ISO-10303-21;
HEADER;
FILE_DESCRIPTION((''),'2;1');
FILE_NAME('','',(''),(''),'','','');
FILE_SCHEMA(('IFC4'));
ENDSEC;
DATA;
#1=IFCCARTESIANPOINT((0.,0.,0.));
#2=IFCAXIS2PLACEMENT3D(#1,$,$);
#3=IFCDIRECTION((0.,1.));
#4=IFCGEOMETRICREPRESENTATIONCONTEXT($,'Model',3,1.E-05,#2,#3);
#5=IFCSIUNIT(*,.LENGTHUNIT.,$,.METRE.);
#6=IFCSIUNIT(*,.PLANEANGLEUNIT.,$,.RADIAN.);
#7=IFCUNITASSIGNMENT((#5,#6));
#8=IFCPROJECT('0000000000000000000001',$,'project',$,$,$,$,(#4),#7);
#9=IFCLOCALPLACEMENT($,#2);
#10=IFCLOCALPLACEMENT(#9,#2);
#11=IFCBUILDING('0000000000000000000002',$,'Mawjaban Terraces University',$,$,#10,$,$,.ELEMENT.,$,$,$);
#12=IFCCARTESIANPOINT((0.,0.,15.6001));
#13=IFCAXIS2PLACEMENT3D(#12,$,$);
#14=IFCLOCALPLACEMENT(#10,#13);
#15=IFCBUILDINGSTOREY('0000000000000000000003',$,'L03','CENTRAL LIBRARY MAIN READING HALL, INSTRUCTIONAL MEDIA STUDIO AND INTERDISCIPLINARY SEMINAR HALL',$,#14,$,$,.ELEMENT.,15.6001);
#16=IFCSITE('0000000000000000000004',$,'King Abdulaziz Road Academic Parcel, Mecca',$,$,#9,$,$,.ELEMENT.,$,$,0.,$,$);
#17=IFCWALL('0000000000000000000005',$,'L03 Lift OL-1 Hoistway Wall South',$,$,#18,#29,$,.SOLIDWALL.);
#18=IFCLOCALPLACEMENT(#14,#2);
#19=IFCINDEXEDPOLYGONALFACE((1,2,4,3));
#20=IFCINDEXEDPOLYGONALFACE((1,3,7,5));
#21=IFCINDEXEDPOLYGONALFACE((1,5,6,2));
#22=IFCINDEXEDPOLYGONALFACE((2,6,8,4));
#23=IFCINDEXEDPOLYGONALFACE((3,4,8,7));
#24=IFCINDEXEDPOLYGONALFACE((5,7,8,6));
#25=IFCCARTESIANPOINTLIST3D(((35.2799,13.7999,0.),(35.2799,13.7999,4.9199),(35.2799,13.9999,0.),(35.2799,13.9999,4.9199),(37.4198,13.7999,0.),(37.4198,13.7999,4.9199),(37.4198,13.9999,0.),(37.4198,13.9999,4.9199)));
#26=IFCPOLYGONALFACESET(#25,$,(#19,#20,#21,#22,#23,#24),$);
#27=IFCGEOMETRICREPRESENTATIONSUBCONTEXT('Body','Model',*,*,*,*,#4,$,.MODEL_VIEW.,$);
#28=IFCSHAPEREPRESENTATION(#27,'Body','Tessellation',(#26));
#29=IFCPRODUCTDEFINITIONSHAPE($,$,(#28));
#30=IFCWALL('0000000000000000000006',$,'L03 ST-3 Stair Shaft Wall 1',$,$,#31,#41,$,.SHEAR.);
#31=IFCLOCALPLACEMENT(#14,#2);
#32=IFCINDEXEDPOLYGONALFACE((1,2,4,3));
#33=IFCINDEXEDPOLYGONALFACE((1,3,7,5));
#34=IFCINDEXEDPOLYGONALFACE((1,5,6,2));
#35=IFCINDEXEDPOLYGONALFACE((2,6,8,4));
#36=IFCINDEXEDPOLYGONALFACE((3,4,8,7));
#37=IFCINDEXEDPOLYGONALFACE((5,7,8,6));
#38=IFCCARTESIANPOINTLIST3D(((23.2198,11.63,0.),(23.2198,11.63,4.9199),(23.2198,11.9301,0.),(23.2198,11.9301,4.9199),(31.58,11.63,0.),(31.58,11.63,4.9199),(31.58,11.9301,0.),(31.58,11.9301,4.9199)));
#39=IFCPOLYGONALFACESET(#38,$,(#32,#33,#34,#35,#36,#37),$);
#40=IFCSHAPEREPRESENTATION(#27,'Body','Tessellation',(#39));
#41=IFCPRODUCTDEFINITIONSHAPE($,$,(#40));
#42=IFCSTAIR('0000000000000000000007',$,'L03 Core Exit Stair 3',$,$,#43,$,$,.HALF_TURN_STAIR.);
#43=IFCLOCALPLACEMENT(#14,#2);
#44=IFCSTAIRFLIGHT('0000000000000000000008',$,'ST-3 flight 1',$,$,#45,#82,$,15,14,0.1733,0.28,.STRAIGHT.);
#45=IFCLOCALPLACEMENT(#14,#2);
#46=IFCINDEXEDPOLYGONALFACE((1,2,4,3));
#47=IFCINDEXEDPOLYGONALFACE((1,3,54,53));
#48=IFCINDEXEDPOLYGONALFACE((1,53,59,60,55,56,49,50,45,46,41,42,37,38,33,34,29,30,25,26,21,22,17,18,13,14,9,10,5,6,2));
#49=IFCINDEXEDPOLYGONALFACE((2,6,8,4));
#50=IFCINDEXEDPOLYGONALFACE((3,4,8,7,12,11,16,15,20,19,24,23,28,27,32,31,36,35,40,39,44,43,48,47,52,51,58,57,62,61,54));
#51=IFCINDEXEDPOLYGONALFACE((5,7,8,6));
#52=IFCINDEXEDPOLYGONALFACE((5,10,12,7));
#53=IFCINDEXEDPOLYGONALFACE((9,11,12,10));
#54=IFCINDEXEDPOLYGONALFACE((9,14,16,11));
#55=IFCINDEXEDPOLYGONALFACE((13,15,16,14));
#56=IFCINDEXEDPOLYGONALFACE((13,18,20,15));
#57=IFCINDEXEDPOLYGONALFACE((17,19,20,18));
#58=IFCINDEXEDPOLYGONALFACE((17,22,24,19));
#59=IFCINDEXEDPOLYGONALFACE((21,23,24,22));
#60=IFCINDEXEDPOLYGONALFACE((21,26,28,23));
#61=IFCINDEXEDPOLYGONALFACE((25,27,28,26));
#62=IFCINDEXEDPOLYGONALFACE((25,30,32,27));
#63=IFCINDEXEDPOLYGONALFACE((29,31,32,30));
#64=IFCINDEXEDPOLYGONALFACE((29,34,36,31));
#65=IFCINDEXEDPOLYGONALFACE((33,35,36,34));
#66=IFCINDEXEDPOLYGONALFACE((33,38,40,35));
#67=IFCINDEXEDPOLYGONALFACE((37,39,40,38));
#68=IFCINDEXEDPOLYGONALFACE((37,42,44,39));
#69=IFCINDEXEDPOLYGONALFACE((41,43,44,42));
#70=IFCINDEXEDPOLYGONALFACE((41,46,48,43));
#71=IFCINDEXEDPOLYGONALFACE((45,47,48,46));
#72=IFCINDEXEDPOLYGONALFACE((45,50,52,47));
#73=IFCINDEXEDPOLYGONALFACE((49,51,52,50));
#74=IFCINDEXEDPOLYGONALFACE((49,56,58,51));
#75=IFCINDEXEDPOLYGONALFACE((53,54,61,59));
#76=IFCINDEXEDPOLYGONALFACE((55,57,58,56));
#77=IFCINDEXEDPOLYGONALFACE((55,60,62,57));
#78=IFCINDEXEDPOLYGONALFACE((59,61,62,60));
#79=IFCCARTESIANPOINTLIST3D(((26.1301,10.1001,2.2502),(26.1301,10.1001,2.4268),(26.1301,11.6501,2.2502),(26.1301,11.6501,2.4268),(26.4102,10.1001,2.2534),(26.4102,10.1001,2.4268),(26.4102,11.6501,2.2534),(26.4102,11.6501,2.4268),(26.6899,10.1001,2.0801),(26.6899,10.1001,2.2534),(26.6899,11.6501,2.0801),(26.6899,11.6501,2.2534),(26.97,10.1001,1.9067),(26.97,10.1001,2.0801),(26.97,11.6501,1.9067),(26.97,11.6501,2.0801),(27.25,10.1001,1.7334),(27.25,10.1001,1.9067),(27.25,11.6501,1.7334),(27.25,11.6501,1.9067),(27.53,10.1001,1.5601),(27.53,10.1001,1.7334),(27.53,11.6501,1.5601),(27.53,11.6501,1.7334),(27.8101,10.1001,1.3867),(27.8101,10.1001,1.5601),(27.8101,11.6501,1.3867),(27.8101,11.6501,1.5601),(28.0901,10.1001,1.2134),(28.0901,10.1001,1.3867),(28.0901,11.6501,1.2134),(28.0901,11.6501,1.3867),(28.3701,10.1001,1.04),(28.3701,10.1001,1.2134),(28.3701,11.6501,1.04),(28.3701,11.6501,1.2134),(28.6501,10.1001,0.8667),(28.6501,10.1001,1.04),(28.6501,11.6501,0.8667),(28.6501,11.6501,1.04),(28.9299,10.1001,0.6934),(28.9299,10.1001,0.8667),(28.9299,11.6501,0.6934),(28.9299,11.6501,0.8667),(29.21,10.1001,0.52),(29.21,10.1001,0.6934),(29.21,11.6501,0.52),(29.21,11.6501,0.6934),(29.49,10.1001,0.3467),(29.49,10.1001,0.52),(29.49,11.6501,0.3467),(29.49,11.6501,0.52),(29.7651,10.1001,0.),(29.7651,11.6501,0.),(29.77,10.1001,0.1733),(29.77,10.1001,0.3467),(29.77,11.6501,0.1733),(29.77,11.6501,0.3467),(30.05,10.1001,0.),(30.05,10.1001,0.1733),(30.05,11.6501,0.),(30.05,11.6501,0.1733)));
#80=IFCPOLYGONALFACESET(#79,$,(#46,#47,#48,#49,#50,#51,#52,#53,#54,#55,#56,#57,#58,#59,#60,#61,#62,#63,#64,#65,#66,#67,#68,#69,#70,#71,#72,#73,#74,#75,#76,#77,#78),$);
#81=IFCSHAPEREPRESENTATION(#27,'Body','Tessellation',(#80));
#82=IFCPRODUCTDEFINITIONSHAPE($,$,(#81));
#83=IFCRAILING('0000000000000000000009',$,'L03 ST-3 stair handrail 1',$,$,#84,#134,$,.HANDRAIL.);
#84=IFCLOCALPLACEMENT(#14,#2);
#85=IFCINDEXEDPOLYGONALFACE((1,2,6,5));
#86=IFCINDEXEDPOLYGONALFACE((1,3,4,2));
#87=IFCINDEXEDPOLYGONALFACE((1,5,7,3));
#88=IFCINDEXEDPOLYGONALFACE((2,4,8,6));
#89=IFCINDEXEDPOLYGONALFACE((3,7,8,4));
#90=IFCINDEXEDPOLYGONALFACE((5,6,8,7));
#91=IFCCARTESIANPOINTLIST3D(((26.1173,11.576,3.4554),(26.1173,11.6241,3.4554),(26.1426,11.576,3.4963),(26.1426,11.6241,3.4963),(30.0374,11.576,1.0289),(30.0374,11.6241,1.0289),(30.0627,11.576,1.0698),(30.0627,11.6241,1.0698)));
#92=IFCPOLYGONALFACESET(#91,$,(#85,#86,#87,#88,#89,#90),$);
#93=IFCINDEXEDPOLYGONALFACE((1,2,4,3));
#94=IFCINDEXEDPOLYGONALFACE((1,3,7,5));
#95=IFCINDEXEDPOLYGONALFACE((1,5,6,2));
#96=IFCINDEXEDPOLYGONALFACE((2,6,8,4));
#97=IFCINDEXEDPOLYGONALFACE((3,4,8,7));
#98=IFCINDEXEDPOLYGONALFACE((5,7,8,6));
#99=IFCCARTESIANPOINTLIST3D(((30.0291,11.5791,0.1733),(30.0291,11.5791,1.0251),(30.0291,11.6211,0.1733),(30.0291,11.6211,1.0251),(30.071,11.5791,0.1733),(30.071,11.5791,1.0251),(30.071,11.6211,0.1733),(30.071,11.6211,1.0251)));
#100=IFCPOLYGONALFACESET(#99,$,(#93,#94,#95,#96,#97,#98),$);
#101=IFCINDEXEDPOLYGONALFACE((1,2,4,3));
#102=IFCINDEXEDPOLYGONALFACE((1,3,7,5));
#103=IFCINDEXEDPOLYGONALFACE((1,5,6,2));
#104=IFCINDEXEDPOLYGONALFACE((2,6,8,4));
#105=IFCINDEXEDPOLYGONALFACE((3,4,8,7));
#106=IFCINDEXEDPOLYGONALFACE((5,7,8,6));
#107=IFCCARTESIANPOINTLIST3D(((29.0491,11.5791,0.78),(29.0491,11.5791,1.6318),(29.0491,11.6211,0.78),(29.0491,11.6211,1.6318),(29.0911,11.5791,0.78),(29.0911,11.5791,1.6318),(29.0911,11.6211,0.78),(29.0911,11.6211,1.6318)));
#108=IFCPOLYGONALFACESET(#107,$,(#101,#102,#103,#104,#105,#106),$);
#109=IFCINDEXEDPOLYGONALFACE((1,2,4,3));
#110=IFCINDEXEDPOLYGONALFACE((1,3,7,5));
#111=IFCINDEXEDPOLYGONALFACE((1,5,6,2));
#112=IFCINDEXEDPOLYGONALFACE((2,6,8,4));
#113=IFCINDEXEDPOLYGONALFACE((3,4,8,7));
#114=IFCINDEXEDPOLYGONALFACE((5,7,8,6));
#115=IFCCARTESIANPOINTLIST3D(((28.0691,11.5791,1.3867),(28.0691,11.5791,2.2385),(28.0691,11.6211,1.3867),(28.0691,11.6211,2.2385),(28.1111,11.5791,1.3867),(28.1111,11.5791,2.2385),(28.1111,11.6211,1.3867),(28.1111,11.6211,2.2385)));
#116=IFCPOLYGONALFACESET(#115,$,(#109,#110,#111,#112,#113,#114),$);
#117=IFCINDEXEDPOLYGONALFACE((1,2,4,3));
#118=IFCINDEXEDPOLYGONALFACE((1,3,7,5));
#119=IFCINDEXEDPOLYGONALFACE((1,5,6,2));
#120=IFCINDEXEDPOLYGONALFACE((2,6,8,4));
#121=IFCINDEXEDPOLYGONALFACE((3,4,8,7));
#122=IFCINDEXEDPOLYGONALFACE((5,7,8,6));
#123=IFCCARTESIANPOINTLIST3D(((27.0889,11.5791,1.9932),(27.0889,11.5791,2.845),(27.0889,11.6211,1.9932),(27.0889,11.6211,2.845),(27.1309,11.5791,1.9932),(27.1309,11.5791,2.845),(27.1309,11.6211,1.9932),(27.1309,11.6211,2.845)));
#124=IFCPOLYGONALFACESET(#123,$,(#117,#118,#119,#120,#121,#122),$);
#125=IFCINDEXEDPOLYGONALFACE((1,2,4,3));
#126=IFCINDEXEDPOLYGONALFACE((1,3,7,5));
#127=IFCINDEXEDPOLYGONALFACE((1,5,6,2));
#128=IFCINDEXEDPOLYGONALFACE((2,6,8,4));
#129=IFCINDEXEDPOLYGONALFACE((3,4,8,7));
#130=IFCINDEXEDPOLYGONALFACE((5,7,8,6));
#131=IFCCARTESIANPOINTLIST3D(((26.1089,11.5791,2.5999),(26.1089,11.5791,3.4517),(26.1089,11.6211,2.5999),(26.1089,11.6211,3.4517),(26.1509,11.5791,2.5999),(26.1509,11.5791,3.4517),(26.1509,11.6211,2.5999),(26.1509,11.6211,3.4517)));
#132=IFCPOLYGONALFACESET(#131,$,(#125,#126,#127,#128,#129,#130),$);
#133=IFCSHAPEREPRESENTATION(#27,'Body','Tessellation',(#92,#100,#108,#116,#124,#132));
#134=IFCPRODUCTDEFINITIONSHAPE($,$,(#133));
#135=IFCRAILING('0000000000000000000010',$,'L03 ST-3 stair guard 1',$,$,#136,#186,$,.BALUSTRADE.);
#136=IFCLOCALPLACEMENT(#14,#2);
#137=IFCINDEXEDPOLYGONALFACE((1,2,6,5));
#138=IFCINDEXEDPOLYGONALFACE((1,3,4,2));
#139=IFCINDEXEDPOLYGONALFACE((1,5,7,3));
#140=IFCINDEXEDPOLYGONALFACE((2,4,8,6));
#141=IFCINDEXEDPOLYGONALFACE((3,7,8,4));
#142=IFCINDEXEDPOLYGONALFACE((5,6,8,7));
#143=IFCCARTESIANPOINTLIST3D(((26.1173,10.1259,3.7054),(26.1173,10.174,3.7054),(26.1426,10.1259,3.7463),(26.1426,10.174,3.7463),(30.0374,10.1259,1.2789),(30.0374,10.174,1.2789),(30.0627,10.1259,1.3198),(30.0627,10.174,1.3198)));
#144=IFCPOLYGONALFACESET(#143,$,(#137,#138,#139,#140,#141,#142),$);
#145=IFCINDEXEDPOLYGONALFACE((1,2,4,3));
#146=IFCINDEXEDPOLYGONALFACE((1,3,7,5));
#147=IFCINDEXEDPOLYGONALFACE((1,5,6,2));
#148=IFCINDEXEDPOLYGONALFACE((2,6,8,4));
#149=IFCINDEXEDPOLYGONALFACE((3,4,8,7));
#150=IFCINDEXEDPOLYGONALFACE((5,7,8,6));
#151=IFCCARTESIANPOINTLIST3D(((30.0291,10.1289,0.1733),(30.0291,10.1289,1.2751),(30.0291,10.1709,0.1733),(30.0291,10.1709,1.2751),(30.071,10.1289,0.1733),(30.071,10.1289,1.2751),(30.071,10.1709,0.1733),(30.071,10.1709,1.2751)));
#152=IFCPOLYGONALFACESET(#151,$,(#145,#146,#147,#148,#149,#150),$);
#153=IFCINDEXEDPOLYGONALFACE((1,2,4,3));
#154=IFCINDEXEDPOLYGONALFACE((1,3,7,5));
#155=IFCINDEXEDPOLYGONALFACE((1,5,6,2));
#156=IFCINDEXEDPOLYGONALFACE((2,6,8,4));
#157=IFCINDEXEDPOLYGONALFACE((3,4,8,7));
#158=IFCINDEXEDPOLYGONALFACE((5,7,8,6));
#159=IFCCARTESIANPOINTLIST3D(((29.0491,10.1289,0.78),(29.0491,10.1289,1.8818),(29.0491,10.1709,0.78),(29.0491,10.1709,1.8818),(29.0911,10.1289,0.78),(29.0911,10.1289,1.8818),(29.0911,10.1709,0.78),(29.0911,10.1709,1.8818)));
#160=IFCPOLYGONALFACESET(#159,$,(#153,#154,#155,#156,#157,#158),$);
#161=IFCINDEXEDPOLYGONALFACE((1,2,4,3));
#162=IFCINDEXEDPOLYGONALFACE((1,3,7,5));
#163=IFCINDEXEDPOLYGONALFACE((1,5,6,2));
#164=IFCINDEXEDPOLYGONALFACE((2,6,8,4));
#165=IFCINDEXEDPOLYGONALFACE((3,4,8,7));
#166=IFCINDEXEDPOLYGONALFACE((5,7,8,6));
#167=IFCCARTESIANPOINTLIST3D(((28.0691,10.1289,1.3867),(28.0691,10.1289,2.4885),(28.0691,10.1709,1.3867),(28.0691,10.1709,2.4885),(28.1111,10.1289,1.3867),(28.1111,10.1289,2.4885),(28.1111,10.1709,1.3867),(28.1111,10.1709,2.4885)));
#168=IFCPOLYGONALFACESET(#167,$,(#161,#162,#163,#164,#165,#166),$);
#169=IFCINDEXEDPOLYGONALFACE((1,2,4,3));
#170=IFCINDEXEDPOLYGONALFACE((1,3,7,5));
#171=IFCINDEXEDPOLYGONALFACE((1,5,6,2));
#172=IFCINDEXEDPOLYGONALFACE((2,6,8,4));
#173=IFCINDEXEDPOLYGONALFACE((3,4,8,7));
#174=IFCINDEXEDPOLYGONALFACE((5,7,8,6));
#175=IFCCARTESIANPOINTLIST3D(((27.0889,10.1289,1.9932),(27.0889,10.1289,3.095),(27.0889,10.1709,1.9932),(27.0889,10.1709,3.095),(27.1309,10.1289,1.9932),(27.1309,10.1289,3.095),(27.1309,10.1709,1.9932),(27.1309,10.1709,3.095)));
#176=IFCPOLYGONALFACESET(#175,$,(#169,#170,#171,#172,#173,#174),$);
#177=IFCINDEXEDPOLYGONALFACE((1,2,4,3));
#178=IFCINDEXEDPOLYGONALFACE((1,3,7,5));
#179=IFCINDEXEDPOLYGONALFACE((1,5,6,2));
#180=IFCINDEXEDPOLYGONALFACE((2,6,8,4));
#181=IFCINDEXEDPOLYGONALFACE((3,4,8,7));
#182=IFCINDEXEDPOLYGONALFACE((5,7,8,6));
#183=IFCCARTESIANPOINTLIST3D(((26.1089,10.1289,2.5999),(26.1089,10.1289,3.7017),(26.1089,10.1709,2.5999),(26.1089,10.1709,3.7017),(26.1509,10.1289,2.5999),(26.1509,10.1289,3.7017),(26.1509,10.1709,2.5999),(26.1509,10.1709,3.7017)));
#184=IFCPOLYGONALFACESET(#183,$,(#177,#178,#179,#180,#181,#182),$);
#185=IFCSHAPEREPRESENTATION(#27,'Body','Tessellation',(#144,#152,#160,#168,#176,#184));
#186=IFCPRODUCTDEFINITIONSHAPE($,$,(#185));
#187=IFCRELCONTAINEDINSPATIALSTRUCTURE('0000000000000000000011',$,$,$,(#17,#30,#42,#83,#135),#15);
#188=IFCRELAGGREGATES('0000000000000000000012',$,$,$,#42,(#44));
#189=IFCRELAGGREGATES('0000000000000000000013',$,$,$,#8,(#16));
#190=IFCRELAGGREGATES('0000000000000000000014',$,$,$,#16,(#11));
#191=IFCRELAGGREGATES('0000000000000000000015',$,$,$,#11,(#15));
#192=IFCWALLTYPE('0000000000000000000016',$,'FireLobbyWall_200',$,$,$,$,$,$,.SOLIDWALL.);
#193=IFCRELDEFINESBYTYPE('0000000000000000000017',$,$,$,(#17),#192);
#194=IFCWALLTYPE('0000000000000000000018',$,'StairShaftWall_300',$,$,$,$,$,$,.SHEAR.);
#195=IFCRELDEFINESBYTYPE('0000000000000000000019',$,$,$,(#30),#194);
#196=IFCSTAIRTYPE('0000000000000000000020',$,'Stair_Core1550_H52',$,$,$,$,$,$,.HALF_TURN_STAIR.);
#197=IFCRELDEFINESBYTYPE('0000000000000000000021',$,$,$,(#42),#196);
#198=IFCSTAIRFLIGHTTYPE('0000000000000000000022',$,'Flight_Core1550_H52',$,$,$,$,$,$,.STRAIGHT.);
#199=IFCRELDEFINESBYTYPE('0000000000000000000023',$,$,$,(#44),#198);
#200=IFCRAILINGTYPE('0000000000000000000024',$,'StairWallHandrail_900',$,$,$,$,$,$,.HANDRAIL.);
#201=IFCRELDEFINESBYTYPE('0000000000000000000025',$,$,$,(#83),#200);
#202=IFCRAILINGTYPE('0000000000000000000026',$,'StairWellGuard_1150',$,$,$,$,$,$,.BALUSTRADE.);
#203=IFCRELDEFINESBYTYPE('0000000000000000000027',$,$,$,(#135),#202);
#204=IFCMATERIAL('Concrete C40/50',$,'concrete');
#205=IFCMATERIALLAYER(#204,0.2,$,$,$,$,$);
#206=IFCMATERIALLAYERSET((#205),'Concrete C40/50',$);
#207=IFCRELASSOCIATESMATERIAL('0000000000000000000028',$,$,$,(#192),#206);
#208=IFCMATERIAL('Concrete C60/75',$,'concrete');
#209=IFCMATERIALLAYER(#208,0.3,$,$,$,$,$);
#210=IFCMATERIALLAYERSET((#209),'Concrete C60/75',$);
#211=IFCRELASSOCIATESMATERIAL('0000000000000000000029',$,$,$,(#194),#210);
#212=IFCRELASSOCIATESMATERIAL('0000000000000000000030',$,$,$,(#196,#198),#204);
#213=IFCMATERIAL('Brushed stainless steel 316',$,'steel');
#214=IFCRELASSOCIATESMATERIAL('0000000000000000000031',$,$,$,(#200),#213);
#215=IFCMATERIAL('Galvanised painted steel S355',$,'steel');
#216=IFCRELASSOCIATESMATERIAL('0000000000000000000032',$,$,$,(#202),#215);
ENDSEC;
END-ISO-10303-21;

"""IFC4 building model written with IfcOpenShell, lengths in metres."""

from ifc_helpers import new_model, si_unit, direction, frame, frame_2d, origin, origin_2d, place, context, subcontext, project, spatial, polyline, rectangle, outline, extrude, material, layer, layer_set, type_object, element, aggregate, save


model = new_model("IFC4")

# Units and contexts
model_context = context("Model", 3, precision=1e-05, world=origin(), true_north=direction((0.0, 1.0)))
body_context = subcontext(model_context, "Body", "Model", "MODEL_VIEW")
ifc_project = project(units=[si_unit("LENGTHUNIT", "METRE"), si_unit("PLANEANGLEUNIT", "RADIAN")], contexts=[model_context])

# Site, building, storey
site_placement = place(None, origin())
site = spatial("IfcSite", under=ifc_project, at=site_placement, Name="King Abdulaziz Road Academic Parcel, Mecca", CompositionType="ELEMENT", RefElevation=0.0)
building_placement = place(site_placement, origin())
building = spatial("IfcBuilding", under=site, at=building_placement, Name="Mawjaban Terraces University", CompositionType="ELEMENT")
storey_placement = place(building_placement, frame((0.0, 0.0, 15.6001)))
storey = spatial("IfcBuildingStorey", under=building, at=storey_placement, Name="L03", Description="CENTRAL LIBRARY MAIN READING HALL, INSTRUCTIONAL MEDIA STUDIO AND INTERDISCIPLINARY SEMINAR HALL", CompositionType="ELEMENT", Elevation=15.6001)

# Shared definitions
ifc_material_1 = material(Name="Concrete C40/50", Category="concrete")
ifc_layer_1 = layer(ifc_material_1, 0.2)
ifc_layer_set_1 = layer_set([ifc_layer_1], Name="Concrete C40/50")
wall_type_1 = type_object("IfcWallType", Name="FireLobbyWall_200", PredefinedType="SOLIDWALL", material=ifc_layer_set_1)

# Walls
wall_1_placement = place(storey_placement, frame((35.28, 13.8999, 0.0), z_axis=(0.0, 0.0, 1.0), x_axis=(1.0, 0.0, 0.0)))
element("IfcWall", 1, at=wall_1_placement, inside=storey, type_object=wall_type_1, Name="L03 Lift OL-1 Hoistway Wall South", PredefinedType="SOLIDWALL", context=body_context, shape_type="SweptSolid", body=[
    extrude(rectangle(XDim=2.1399, YDim=0.2, at=frame_2d((1.0698, 0.0))), origin(), (0.0, 0.0, 1.0), 4.9199),
])
ifc_material_2 = material(Name="Concrete C60/75", Category="concrete")
ifc_layer_2 = layer(ifc_material_2, 0.3)
ifc_layer_set_2 = layer_set([ifc_layer_2], Name="Concrete C60/75")
wall_type_2 = type_object("IfcWallType", Name="StairShaftWall_300", PredefinedType="SHEAR", material=ifc_layer_set_2)
wall_2_placement = place(storey_placement, frame((31.5801, 11.78, 0.0), z_axis=(0.0, 0.0, 1.0), x_axis=(-1.0, 0.0, 0.0)))
element("IfcWall", 2, at=wall_2_placement, inside=storey, type_object=wall_type_2, Name="L03 ST-3 Stair Shaft Wall 1", PredefinedType="SHEAR", context=body_context, shape_type="SweptSolid", body=[
    extrude(rectangle(XDim=8.3601, YDim=0.3, at=frame_2d((4.1802, 0.0))), origin(), (0.0, 0.0, 1.0), 4.9199),
])

# Stair, stair flight
stair_type = type_object("IfcStairType", Name="Stair_Core1550_H52", PredefinedType="HALF_TURN_STAIR", material=ifc_material_1)
stair_placement = place(storey_placement, origin())
stair = element("IfcStair", 3, at=stair_placement, inside=storey, type_object=stair_type, Name="L03 Core Exit Stair 3", PredefinedType="HALF_TURN_STAIR")
stair_flight_type = type_object("IfcStairFlightType", Name="Flight_Core1550_H52", PredefinedType="STRAIGHT", material=ifc_material_1)
stair_flight_placement = place(storey_placement, frame((30.05, 10.875, 0.0), z_axis=(0.0, 0.0, 1.0), x_axis=(-1.0, 0.0, 0.0)))
stair_flight = element("IfcStairFlight", 4, at=stair_flight_placement, type_object=stair_flight_type, Name="ST-3 flight 1", NumberOfRisers=15, NumberOfTreads=14, PredefinedType="STRAIGHT", RiserHeight=0.1733, TreadLength=0.28, context=body_context, shape_type="SweptSolid", body=[
    extrude(outline(polyline([(0.0, 0.0), (0.0, 0.1733), (0.28, 0.1733), (0.28, 0.3467), (0.5601, 0.3467), (0.5601, 0.52), (0.8401, 0.52), (0.8401, 0.6934), (1.1201, 0.6934), (1.1201, 0.8667), (1.3999, 0.8667), (1.3999, 1.04), (1.6799, 1.04), (1.6799, 1.2134), (1.96, 1.2134), (1.96, 1.3867), (2.24, 1.3867), (2.24, 1.5601), (2.52, 1.5601), (2.52, 1.7334), (2.8, 1.7334), (2.8, 1.9067), (3.0801, 1.9067), (3.0801, 2.0801), (3.3601, 2.0801), (3.3601, 2.2534), (3.6399, 2.2534), (3.6399, 2.4268), (3.9199, 2.4268), (3.9199, 2.6001), (3.9199, 2.2502), (0.2849, 0.0), (0.0, 0.0)])), frame((0.0, 0.7749, 0.0), z_axis=(0.0, -1.0, 0.0), x_axis=(1.0, 0.0, 0.0)), (0.0, 0.0, 1.0), 1.55),
])
aggregate(stair, [stair_flight])

# Railings
ifc_material_3 = material(Name="Brushed stainless steel 316", Category="steel")
railing_type_1 = type_object("IfcRailingType", Name="StairWallHandrail_900", PredefinedType="HANDRAIL", material=ifc_material_3)
railing_1_placement = place(storey_placement, frame((30.05, 11.6001, 0.1733)))
element("IfcRailing", 5, at=railing_1_placement, inside=storey, type_object=railing_type_1, Name="L03 ST-3 stair handrail 1", PredefinedType="HANDRAIL", context=body_context, shape_type="SweptSolid", body=[
    extrude(rectangle(XDim=0.0481, YDim=0.0481, at=origin_2d()), frame((0.0, 0.0, 0.876), z_axis=(-0.85029, 0.0, 0.526315), x_axis=(0.0, -1.0, 0.0)), (0.0, 0.0, 1.0), 4.6104),
    extrude(rectangle(XDim=0.042, YDim=0.042, at=origin_2d()), origin(), (0.0, 0.0, 1.0), 0.8518),
    extrude(rectangle(XDim=0.042, YDim=0.042, at=origin_2d()), frame((-0.98, 0.0, 0.6067)), (0.0, 0.0, 1.0), 0.8518),
    extrude(rectangle(XDim=0.042, YDim=0.042, at=origin_2d()), frame((-1.96, 0.0, 1.2134)), (0.0, 0.0, 1.0), 0.8518),
    extrude(rectangle(XDim=0.042, YDim=0.042, at=origin_2d()), frame((-2.9402, 0.0, 1.8198)), (0.0, 0.0, 1.0), 0.8518),
    extrude(rectangle(XDim=0.042, YDim=0.042, at=origin_2d()), frame((-3.9202, 0.0, 2.4265)), (0.0, 0.0, 1.0), 0.8518),
])
ifc_material_4 = material(Name="Galvanised painted steel S355", Category="steel")
railing_type_2 = type_object("IfcRailingType", Name="StairWellGuard_1150", PredefinedType="BALUSTRADE", material=ifc_material_4)
railing_2_placement = place(storey_placement, frame((30.05, 10.1499, 0.1733)))
element("IfcRailing", 6, at=railing_2_placement, inside=storey, type_object=railing_type_2, Name="L03 ST-3 stair guard 1", PredefinedType="BALUSTRADE", context=body_context, shape_type="SweptSolid", body=[
    extrude(rectangle(XDim=0.0481, YDim=0.0481, at=origin_2d()), frame((0.0, 0.0, 1.126), z_axis=(-0.85029, 0.0, 0.526315), x_axis=(0.0, -1.0, 0.0)), (0.0, 0.0, 1.0), 4.6104),
    extrude(rectangle(XDim=0.042, YDim=0.042, at=origin_2d()), origin(), (0.0, 0.0, 1.0), 1.1018),
    extrude(rectangle(XDim=0.042, YDim=0.042, at=origin_2d()), frame((-0.98, 0.0, 0.6067)), (0.0, 0.0, 1.0), 1.1018),
    extrude(rectangle(XDim=0.042, YDim=0.042, at=origin_2d()), frame((-1.96, 0.0, 1.2134)), (0.0, 0.0, 1.0), 1.1018),
    extrude(rectangle(XDim=0.042, YDim=0.042, at=origin_2d()), frame((-2.9402, 0.0, 1.8198)), (0.0, 0.0, 1.0), 1.1018),
    extrude(rectangle(XDim=0.042, YDim=0.042, at=origin_2d()), frame((-3.9202, 0.0, 2.4265)), (0.0, 0.0, 1.0), 1.1018),
])

save(model, "model.ifc")
